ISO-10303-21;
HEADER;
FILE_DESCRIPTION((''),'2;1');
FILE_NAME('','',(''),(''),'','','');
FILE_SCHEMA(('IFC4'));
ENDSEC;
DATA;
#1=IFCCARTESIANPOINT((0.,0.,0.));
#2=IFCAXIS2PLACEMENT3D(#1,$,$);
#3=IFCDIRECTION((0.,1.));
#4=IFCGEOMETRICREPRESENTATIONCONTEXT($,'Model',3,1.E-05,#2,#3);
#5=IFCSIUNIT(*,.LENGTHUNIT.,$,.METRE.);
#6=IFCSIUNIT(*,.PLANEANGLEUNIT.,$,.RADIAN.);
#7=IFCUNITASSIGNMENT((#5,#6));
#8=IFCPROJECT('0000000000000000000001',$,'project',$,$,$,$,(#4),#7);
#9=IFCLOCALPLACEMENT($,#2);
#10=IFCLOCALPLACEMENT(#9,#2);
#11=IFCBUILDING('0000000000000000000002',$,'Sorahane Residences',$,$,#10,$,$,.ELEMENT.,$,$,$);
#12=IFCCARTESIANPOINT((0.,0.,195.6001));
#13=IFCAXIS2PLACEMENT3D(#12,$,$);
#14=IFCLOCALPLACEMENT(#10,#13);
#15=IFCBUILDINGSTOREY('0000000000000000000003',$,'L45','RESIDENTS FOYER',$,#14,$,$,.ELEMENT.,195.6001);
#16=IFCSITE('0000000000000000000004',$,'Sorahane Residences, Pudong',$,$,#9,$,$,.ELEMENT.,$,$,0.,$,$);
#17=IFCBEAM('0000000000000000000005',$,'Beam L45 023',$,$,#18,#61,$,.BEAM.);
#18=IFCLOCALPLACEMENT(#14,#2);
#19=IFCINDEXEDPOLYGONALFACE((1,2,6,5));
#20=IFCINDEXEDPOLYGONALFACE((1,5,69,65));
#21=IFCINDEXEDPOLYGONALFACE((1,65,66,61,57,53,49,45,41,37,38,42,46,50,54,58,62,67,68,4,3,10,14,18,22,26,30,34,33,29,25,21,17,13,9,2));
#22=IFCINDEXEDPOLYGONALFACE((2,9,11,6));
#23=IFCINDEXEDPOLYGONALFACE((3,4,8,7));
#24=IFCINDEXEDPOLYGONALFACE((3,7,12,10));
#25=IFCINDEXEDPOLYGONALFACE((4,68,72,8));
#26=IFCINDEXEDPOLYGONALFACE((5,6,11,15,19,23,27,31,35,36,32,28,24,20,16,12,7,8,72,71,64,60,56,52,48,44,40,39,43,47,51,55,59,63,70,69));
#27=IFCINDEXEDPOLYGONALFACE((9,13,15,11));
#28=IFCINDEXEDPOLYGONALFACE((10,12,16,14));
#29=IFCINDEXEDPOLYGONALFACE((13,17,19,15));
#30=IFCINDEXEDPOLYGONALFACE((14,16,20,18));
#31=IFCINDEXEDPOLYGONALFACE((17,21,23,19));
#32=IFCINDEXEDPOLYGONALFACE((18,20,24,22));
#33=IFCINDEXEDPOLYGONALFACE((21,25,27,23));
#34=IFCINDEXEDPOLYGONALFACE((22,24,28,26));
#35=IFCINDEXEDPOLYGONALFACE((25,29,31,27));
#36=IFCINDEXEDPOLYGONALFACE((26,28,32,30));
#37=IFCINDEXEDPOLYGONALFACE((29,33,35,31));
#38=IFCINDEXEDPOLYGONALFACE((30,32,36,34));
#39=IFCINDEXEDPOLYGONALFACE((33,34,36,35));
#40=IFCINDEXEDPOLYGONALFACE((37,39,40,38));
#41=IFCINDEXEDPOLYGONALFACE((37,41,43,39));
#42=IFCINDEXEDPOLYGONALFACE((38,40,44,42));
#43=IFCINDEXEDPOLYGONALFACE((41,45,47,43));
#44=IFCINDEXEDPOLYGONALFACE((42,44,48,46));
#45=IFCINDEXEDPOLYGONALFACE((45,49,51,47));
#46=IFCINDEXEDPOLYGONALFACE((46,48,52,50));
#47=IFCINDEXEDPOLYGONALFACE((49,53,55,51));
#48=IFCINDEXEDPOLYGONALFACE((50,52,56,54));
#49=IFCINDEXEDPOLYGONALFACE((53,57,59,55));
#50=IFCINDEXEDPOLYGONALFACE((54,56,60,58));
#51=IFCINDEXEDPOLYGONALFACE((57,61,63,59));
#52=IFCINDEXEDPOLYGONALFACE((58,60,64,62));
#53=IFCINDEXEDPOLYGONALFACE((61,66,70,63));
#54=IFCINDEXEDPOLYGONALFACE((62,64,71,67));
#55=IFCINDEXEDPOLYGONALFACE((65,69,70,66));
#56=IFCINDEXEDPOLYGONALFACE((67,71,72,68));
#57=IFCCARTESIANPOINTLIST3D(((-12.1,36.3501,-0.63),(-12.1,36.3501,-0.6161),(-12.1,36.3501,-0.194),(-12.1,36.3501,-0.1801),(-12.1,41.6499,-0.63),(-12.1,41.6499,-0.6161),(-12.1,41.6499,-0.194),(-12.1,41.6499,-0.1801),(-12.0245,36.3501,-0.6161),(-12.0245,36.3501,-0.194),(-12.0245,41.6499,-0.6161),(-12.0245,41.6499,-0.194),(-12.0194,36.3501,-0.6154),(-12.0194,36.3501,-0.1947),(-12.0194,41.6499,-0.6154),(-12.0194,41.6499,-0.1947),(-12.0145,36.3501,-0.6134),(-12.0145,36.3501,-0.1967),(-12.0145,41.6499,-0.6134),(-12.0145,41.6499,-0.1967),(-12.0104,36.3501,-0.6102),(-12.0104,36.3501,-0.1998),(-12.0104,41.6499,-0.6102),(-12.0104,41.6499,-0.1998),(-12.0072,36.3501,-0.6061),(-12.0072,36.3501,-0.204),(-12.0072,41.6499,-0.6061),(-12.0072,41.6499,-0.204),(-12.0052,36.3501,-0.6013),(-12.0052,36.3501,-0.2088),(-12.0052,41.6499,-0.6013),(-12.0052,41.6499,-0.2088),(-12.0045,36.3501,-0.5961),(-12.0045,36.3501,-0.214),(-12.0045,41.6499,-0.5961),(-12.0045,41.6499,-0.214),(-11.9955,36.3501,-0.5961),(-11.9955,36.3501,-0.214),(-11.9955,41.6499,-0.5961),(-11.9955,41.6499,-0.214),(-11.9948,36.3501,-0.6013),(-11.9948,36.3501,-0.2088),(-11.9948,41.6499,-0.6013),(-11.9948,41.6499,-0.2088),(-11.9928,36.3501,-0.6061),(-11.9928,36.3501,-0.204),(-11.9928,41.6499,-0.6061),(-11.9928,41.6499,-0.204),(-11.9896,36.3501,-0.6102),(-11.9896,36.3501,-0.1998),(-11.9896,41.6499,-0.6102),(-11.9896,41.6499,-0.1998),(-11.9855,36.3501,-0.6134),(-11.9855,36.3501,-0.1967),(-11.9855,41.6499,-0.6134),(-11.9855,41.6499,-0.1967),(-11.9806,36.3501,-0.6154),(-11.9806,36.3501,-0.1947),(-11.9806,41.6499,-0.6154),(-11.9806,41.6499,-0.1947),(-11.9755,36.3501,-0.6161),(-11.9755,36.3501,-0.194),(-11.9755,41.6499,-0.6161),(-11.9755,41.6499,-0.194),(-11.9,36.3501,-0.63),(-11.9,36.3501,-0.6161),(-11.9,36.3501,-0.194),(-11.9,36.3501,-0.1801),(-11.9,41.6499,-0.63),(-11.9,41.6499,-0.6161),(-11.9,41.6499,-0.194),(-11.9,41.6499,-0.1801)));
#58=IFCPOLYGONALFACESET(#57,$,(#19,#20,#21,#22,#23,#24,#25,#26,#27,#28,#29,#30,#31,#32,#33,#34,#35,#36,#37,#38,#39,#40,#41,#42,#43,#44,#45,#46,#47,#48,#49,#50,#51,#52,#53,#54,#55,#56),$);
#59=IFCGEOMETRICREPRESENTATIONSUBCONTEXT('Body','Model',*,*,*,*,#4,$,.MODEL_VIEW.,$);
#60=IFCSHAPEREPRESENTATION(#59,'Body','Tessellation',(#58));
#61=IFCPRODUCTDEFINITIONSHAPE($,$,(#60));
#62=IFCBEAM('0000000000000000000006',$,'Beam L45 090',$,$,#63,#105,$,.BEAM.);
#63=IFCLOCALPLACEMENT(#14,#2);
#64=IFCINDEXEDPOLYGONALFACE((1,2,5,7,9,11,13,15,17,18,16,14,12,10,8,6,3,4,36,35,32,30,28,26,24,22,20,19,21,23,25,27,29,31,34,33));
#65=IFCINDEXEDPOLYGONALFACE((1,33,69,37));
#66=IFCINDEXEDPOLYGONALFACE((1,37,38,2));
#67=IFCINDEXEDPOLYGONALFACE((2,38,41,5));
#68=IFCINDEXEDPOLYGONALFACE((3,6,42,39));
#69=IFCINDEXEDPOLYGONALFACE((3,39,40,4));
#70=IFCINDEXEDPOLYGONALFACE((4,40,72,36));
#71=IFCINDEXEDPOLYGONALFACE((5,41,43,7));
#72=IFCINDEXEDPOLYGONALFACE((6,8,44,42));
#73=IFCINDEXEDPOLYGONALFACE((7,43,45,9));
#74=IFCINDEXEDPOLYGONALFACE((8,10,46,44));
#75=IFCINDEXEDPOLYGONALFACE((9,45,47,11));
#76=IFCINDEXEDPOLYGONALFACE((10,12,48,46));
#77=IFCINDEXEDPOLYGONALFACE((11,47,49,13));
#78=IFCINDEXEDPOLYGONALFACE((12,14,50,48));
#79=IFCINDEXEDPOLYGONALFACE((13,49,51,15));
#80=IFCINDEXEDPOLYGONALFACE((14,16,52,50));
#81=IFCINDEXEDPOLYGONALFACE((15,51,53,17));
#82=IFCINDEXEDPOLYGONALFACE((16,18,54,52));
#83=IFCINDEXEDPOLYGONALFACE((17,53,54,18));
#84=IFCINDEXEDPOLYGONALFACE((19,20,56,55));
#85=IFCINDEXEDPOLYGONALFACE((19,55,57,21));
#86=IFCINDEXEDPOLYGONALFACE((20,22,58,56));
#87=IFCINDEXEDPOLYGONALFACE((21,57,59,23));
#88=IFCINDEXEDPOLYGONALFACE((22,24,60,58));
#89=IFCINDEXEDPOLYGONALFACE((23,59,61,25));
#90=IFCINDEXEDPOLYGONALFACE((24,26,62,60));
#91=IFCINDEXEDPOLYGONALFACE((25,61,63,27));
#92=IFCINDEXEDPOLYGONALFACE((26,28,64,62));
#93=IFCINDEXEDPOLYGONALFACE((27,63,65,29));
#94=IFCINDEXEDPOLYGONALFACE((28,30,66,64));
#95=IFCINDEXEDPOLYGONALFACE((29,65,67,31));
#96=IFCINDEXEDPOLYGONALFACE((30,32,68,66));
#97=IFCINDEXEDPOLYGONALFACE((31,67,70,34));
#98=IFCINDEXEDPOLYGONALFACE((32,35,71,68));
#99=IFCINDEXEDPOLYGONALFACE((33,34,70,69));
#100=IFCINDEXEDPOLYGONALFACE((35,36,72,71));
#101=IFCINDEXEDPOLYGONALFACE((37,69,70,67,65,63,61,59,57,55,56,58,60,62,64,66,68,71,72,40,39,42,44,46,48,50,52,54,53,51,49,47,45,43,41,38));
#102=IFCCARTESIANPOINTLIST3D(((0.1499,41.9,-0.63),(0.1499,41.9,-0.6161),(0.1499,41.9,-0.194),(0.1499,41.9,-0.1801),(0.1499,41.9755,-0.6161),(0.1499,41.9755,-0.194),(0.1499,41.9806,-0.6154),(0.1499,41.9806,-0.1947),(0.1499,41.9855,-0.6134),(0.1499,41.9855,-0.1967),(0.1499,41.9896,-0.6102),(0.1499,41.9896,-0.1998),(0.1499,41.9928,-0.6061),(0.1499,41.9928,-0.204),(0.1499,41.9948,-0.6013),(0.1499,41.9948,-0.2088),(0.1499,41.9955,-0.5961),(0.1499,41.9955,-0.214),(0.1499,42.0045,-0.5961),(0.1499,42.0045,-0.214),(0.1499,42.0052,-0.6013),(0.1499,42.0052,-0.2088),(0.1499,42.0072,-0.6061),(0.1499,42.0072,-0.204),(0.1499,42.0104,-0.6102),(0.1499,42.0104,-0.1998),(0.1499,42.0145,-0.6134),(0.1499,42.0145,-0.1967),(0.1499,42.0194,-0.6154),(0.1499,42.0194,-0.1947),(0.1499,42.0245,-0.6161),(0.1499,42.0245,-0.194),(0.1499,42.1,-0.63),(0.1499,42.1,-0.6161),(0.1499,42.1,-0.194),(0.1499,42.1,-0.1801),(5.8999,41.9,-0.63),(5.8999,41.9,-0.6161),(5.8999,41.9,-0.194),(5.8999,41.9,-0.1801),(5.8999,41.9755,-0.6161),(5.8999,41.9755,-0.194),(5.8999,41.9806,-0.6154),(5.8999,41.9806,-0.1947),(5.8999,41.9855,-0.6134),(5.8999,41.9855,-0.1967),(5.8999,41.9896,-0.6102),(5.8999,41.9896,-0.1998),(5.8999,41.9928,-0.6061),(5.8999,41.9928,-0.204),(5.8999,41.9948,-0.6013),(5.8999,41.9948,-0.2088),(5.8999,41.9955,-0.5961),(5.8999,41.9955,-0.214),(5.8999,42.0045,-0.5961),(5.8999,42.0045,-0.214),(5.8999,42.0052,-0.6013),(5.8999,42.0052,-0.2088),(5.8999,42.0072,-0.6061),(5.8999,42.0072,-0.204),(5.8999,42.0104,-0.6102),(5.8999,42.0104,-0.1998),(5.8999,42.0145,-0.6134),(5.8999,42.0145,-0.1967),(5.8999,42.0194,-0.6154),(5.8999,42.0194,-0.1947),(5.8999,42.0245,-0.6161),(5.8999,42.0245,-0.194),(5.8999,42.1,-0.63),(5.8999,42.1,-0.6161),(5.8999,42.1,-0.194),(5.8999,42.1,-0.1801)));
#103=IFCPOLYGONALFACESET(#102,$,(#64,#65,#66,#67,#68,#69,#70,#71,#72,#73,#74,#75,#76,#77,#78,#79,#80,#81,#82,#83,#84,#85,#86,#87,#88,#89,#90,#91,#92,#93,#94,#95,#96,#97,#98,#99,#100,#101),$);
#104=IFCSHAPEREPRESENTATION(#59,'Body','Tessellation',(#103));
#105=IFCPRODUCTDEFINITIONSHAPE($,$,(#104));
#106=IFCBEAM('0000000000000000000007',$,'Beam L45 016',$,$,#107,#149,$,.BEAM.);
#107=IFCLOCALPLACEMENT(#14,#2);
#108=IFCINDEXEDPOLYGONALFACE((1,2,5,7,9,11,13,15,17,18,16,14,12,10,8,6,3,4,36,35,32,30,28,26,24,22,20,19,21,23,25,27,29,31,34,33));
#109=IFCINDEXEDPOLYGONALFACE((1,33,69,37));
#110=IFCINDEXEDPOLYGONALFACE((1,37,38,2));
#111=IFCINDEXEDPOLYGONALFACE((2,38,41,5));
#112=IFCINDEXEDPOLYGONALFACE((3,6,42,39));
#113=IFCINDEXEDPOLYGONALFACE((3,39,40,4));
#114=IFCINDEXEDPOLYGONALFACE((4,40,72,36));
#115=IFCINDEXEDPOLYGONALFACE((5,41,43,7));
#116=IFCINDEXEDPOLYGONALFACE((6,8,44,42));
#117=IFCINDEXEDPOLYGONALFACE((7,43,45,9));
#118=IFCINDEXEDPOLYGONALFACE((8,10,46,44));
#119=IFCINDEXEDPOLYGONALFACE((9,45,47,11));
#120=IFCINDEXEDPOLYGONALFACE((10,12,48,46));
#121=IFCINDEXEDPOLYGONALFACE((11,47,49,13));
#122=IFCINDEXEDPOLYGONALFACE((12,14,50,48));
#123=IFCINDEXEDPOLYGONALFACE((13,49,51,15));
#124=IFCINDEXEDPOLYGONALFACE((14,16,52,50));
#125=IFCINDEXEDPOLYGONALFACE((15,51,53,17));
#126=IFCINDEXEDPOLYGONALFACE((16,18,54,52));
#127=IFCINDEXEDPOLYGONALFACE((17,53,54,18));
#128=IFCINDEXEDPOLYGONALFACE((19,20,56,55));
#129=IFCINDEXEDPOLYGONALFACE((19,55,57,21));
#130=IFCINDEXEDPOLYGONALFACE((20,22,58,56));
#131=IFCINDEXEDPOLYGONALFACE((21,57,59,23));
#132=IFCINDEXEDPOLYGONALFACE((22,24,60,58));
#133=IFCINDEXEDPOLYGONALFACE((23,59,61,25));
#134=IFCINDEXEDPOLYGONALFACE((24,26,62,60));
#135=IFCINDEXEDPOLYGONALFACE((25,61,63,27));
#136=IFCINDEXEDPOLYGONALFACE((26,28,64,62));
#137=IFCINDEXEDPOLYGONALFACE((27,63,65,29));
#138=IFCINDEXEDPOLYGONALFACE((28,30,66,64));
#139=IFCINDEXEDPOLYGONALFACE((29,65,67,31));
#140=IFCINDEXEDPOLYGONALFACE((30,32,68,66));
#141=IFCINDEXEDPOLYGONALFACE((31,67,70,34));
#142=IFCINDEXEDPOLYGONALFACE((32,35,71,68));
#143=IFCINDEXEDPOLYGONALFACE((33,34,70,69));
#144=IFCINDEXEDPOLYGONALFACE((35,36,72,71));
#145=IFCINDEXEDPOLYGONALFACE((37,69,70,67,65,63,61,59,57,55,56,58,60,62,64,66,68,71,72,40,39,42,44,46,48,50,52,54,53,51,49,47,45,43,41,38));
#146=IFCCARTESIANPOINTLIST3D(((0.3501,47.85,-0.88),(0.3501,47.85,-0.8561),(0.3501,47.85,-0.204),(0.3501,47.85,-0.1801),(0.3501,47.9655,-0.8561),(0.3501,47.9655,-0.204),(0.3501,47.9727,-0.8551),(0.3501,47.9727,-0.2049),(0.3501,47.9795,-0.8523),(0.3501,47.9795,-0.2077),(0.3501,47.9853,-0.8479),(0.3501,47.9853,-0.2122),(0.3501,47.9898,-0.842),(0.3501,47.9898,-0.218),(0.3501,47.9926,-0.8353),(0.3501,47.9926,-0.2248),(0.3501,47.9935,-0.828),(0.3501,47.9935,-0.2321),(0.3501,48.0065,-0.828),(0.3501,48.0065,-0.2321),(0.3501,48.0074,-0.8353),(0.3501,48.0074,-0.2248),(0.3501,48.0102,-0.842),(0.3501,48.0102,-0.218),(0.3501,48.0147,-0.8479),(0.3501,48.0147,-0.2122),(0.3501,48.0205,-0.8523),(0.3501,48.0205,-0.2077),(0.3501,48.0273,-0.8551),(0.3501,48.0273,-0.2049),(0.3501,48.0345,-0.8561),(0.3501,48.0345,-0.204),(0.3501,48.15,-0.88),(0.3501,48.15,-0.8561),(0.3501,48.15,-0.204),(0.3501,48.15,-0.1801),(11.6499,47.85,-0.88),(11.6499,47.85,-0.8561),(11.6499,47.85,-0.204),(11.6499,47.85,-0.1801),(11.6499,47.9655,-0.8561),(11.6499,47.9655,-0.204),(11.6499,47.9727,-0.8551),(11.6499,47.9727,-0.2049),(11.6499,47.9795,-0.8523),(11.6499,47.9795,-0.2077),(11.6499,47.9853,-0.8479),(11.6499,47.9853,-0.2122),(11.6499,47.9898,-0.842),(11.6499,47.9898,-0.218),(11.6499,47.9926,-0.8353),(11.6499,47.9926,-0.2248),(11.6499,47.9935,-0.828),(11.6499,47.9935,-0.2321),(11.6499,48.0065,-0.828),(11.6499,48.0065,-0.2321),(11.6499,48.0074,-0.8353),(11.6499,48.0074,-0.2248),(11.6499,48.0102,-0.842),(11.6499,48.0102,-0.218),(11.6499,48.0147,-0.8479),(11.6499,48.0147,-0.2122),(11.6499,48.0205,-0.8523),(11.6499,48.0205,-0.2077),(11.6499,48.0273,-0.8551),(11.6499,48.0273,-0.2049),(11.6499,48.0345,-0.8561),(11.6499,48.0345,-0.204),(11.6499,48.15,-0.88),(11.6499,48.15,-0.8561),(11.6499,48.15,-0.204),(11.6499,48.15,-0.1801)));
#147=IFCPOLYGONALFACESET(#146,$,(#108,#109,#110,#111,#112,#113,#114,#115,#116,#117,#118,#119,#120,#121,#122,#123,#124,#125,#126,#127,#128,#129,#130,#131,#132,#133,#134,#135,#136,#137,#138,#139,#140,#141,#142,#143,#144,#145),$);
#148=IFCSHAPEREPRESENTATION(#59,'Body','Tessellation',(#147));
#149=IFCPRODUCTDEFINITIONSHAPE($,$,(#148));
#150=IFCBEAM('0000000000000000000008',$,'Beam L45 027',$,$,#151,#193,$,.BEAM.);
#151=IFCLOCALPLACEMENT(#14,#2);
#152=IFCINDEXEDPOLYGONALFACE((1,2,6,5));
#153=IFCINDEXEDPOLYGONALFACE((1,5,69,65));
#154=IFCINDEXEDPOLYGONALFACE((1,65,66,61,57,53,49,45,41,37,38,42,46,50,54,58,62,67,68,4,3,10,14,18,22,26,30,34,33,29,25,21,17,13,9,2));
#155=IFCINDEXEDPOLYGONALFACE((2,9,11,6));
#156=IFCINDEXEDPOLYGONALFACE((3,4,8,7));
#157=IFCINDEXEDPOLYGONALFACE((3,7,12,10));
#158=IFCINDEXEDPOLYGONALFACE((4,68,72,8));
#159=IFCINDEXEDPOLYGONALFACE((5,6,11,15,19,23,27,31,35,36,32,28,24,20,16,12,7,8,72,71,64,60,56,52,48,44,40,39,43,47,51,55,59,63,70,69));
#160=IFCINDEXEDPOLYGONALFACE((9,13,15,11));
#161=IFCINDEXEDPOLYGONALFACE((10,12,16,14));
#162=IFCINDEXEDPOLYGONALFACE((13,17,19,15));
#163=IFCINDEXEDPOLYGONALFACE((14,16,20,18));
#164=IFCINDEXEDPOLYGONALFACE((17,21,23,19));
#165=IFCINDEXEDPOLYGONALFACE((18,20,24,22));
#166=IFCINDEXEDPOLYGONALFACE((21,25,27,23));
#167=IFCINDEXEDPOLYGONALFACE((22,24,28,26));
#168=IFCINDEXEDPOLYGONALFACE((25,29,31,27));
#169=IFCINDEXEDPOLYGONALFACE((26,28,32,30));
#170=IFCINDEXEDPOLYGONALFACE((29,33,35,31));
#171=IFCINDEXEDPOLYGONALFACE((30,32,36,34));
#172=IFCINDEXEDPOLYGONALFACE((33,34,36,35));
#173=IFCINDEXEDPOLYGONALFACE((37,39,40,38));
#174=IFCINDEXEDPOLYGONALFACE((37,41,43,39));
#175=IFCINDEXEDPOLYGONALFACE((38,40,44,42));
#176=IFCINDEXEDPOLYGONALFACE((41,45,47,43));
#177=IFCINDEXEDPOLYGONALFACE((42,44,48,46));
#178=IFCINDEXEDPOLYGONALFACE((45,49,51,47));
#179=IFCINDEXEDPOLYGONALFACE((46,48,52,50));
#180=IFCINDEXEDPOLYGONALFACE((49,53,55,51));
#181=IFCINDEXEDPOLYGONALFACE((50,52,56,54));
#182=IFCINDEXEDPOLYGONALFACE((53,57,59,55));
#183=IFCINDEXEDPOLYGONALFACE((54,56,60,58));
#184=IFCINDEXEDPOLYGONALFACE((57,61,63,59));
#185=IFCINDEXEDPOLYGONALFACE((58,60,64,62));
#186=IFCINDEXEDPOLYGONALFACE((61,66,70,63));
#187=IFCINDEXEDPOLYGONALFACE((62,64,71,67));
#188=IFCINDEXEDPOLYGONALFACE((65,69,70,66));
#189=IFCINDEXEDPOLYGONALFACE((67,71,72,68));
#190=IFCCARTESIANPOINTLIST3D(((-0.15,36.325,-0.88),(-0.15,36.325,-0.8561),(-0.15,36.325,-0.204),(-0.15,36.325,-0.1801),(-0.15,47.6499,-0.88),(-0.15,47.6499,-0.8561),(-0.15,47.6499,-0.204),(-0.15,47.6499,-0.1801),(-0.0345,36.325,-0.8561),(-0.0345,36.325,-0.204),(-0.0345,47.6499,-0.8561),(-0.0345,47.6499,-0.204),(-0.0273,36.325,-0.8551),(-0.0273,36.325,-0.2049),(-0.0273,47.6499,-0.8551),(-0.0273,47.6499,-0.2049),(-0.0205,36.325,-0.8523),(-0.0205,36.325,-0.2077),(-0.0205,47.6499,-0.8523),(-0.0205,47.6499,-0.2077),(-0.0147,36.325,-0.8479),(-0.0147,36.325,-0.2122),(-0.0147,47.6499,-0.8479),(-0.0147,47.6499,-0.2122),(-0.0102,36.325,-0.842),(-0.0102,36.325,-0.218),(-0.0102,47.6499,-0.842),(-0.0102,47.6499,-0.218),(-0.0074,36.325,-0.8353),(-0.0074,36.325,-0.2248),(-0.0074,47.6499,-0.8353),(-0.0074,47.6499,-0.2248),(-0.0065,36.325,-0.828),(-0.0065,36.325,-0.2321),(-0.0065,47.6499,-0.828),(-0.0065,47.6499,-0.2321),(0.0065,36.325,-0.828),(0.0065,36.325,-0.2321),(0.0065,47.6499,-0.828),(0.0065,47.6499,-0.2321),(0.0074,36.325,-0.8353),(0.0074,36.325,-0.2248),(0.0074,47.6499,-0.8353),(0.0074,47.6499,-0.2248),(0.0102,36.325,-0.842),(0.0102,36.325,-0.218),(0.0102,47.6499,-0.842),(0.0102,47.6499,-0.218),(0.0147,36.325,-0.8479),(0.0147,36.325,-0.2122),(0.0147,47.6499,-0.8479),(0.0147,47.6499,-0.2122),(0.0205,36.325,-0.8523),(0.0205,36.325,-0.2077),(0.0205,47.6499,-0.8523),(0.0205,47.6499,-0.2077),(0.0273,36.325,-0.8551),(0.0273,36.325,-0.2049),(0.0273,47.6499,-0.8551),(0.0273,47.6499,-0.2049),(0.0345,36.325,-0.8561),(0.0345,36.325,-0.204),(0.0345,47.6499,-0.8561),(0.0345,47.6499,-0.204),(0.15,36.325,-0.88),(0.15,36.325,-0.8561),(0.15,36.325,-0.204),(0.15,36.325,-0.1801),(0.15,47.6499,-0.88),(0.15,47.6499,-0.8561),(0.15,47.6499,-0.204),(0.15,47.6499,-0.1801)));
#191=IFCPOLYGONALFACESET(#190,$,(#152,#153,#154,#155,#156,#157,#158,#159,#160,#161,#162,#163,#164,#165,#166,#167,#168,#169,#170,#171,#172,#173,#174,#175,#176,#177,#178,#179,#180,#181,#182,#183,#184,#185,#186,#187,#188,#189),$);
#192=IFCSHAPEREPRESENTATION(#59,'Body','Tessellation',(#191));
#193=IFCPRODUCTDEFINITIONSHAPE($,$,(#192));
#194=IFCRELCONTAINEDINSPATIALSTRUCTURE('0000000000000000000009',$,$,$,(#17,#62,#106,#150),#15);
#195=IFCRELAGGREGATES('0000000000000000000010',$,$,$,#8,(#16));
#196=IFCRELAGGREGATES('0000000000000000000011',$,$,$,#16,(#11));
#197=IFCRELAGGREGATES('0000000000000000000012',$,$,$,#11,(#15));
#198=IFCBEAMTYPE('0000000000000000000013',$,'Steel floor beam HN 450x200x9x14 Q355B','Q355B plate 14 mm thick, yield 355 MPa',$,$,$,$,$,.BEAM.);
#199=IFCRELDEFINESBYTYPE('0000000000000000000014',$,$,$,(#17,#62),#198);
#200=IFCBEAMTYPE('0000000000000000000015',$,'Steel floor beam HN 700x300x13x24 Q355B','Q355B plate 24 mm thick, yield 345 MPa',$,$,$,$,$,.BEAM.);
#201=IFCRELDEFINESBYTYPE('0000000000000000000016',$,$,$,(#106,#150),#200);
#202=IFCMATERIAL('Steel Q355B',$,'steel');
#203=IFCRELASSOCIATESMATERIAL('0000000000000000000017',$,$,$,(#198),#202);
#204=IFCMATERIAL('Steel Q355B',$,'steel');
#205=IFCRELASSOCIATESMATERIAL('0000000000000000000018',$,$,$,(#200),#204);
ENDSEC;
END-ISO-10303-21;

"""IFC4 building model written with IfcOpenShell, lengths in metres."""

from ifc_helpers import new_model, si_unit, direction, frame, origin, origin_2d, place, context, subcontext, project, spatial, i_section, extrude, material, material_profile, profile_set, type_object, element, save


model = new_model("IFC4")

# Units and contexts
model_context = context("Model", 3, precision=1e-05, world=origin(), true_north=direction((0.0, 1.0)))
body_context = subcontext(model_context, "Body", "Model", "MODEL_VIEW")
ifc_project = project(units=[si_unit("LENGTHUNIT", "METRE"), si_unit("PLANEANGLEUNIT", "RADIAN")], contexts=[model_context])

# Site, building, storey
site_placement = place(None, origin())
site = spatial("IfcSite", under=ifc_project, at=site_placement, Name="Sorahane Residences, Pudong", CompositionType="ELEMENT", RefElevation=0.0)
building_placement = place(site_placement, origin())
building = spatial("IfcBuilding", under=site, at=building_placement, Name="Sorahane Residences", CompositionType="ELEMENT")
storey_placement = place(building_placement, frame((0.0, 0.0, 195.6001)))
storey = spatial("IfcBuildingStorey", under=building, at=storey_placement, Name="L45", Description="RESIDENTS FOYER", CompositionType="ELEMENT", Elevation=195.6001)

# Beams
ifc_material_1 = material(Name="Steel Q355B", Category="steel")
ifc_material_profile_1 = material_profile(ifc_material_1, i_section(OverallWidth=0.2, OverallDepth=0.45, WebThickness=0.009, FlangeThickness=0.0139, FilletRadius=0.02, at=origin_2d()), Name="HN 450x200x9x14")
ifc_profile_set_1 = profile_set([ifc_material_profile_1], Name="Steel Q355B")
beam_type_1 = type_object("IfcBeamType", Name="Steel floor beam HN 450x200x9x14 Q355B", Description="Q355B plate 14 mm thick, yield 355 MPa", PredefinedType="BEAM", material=ifc_profile_set_1)
for number, where, z_axis, x_axis, name in (
    (1, (-12.0, 36.3501, -0.405), (0.0, 1.0, 0.0), (-1.0, 0.0, 0.0), "Beam L45 023"),
):
    element("IfcBeam", number, at=place(storey_placement, frame(where, z_axis=z_axis, x_axis=x_axis)), inside=storey, type_object=beam_type_1, Name=name, PredefinedType="BEAM", context=body_context, shape_type="SweptSolid", body=[
        extrude(i_section(OverallWidth=0.2, OverallDepth=0.45, WebThickness=0.009, FlangeThickness=0.0139, FilletRadius=0.02, at=origin_2d()), origin(), (0.0, 0.0, 1.0), 5.2998),
    ])
beam_1_placement = place(storey_placement, frame((0.1499, 42.0, -0.405), z_axis=(1.0, 0.0, 0.0), x_axis=(0.0, 1.0, 0.0)))
element("IfcBeam", 2, at=beam_1_placement, inside=storey, type_object=beam_type_1, Name="Beam L45 090", PredefinedType="BEAM", context=body_context, shape_type="SweptSolid", body=[
    extrude(i_section(OverallWidth=0.2, OverallDepth=0.45, WebThickness=0.009, FlangeThickness=0.0139, FilletRadius=0.02, at=origin_2d()), origin(), (0.0, 0.0, 1.0), 5.75),
])
ifc_material_2 = material(Name="Steel Q355B", Category="steel")
ifc_material_profile_2 = material_profile(ifc_material_2, i_section(OverallWidth=0.3, OverallDepth=0.7, WebThickness=0.0129, FlangeThickness=0.0239, FilletRadius=0.0281, at=origin_2d()), Name="HN 700x300x13x24")
ifc_profile_set_2 = profile_set([ifc_material_profile_2], Name="Steel Q355B")
beam_type_2 = type_object("IfcBeamType", Name="Steel floor beam HN 700x300x13x24 Q355B", Description="Q355B plate 24 mm thick, yield 345 MPa", PredefinedType="BEAM", material=ifc_profile_set_2)
beam_2_placement = place(storey_placement, frame((0.3501, 48.0, -0.53), z_axis=(1.0, 0.0, 0.0), x_axis=(0.0, 1.0, 0.0)))
element("IfcBeam", 3, at=beam_2_placement, inside=storey, type_object=beam_type_2, Name="Beam L45 016", PredefinedType="BEAM", context=body_context, shape_type="SweptSolid", body=[
    extrude(i_section(OverallWidth=0.3, OverallDepth=0.7, WebThickness=0.0129, FlangeThickness=0.0239, FilletRadius=0.0281, at=origin_2d()), origin(), (0.0, 0.0, 1.0), 11.2998),
])
beam_3_placement = place(storey_placement, frame((0.0, 36.325, -0.53), z_axis=(0.0, 1.0, 0.0), x_axis=(-1.0, 0.0, 0.0)))
element("IfcBeam", 4, at=beam_3_placement, inside=storey, type_object=beam_type_2, Name="Beam L45 027", PredefinedType="BEAM", context=body_context, shape_type="SweptSolid", body=[
    extrude(i_section(OverallWidth=0.3, OverallDepth=0.7, WebThickness=0.0129, FlangeThickness=0.0239, FilletRadius=0.0281, at=origin_2d()), origin(), (0.0, 0.0, 1.0), 11.325),
])

save(model, "model.ifc")
